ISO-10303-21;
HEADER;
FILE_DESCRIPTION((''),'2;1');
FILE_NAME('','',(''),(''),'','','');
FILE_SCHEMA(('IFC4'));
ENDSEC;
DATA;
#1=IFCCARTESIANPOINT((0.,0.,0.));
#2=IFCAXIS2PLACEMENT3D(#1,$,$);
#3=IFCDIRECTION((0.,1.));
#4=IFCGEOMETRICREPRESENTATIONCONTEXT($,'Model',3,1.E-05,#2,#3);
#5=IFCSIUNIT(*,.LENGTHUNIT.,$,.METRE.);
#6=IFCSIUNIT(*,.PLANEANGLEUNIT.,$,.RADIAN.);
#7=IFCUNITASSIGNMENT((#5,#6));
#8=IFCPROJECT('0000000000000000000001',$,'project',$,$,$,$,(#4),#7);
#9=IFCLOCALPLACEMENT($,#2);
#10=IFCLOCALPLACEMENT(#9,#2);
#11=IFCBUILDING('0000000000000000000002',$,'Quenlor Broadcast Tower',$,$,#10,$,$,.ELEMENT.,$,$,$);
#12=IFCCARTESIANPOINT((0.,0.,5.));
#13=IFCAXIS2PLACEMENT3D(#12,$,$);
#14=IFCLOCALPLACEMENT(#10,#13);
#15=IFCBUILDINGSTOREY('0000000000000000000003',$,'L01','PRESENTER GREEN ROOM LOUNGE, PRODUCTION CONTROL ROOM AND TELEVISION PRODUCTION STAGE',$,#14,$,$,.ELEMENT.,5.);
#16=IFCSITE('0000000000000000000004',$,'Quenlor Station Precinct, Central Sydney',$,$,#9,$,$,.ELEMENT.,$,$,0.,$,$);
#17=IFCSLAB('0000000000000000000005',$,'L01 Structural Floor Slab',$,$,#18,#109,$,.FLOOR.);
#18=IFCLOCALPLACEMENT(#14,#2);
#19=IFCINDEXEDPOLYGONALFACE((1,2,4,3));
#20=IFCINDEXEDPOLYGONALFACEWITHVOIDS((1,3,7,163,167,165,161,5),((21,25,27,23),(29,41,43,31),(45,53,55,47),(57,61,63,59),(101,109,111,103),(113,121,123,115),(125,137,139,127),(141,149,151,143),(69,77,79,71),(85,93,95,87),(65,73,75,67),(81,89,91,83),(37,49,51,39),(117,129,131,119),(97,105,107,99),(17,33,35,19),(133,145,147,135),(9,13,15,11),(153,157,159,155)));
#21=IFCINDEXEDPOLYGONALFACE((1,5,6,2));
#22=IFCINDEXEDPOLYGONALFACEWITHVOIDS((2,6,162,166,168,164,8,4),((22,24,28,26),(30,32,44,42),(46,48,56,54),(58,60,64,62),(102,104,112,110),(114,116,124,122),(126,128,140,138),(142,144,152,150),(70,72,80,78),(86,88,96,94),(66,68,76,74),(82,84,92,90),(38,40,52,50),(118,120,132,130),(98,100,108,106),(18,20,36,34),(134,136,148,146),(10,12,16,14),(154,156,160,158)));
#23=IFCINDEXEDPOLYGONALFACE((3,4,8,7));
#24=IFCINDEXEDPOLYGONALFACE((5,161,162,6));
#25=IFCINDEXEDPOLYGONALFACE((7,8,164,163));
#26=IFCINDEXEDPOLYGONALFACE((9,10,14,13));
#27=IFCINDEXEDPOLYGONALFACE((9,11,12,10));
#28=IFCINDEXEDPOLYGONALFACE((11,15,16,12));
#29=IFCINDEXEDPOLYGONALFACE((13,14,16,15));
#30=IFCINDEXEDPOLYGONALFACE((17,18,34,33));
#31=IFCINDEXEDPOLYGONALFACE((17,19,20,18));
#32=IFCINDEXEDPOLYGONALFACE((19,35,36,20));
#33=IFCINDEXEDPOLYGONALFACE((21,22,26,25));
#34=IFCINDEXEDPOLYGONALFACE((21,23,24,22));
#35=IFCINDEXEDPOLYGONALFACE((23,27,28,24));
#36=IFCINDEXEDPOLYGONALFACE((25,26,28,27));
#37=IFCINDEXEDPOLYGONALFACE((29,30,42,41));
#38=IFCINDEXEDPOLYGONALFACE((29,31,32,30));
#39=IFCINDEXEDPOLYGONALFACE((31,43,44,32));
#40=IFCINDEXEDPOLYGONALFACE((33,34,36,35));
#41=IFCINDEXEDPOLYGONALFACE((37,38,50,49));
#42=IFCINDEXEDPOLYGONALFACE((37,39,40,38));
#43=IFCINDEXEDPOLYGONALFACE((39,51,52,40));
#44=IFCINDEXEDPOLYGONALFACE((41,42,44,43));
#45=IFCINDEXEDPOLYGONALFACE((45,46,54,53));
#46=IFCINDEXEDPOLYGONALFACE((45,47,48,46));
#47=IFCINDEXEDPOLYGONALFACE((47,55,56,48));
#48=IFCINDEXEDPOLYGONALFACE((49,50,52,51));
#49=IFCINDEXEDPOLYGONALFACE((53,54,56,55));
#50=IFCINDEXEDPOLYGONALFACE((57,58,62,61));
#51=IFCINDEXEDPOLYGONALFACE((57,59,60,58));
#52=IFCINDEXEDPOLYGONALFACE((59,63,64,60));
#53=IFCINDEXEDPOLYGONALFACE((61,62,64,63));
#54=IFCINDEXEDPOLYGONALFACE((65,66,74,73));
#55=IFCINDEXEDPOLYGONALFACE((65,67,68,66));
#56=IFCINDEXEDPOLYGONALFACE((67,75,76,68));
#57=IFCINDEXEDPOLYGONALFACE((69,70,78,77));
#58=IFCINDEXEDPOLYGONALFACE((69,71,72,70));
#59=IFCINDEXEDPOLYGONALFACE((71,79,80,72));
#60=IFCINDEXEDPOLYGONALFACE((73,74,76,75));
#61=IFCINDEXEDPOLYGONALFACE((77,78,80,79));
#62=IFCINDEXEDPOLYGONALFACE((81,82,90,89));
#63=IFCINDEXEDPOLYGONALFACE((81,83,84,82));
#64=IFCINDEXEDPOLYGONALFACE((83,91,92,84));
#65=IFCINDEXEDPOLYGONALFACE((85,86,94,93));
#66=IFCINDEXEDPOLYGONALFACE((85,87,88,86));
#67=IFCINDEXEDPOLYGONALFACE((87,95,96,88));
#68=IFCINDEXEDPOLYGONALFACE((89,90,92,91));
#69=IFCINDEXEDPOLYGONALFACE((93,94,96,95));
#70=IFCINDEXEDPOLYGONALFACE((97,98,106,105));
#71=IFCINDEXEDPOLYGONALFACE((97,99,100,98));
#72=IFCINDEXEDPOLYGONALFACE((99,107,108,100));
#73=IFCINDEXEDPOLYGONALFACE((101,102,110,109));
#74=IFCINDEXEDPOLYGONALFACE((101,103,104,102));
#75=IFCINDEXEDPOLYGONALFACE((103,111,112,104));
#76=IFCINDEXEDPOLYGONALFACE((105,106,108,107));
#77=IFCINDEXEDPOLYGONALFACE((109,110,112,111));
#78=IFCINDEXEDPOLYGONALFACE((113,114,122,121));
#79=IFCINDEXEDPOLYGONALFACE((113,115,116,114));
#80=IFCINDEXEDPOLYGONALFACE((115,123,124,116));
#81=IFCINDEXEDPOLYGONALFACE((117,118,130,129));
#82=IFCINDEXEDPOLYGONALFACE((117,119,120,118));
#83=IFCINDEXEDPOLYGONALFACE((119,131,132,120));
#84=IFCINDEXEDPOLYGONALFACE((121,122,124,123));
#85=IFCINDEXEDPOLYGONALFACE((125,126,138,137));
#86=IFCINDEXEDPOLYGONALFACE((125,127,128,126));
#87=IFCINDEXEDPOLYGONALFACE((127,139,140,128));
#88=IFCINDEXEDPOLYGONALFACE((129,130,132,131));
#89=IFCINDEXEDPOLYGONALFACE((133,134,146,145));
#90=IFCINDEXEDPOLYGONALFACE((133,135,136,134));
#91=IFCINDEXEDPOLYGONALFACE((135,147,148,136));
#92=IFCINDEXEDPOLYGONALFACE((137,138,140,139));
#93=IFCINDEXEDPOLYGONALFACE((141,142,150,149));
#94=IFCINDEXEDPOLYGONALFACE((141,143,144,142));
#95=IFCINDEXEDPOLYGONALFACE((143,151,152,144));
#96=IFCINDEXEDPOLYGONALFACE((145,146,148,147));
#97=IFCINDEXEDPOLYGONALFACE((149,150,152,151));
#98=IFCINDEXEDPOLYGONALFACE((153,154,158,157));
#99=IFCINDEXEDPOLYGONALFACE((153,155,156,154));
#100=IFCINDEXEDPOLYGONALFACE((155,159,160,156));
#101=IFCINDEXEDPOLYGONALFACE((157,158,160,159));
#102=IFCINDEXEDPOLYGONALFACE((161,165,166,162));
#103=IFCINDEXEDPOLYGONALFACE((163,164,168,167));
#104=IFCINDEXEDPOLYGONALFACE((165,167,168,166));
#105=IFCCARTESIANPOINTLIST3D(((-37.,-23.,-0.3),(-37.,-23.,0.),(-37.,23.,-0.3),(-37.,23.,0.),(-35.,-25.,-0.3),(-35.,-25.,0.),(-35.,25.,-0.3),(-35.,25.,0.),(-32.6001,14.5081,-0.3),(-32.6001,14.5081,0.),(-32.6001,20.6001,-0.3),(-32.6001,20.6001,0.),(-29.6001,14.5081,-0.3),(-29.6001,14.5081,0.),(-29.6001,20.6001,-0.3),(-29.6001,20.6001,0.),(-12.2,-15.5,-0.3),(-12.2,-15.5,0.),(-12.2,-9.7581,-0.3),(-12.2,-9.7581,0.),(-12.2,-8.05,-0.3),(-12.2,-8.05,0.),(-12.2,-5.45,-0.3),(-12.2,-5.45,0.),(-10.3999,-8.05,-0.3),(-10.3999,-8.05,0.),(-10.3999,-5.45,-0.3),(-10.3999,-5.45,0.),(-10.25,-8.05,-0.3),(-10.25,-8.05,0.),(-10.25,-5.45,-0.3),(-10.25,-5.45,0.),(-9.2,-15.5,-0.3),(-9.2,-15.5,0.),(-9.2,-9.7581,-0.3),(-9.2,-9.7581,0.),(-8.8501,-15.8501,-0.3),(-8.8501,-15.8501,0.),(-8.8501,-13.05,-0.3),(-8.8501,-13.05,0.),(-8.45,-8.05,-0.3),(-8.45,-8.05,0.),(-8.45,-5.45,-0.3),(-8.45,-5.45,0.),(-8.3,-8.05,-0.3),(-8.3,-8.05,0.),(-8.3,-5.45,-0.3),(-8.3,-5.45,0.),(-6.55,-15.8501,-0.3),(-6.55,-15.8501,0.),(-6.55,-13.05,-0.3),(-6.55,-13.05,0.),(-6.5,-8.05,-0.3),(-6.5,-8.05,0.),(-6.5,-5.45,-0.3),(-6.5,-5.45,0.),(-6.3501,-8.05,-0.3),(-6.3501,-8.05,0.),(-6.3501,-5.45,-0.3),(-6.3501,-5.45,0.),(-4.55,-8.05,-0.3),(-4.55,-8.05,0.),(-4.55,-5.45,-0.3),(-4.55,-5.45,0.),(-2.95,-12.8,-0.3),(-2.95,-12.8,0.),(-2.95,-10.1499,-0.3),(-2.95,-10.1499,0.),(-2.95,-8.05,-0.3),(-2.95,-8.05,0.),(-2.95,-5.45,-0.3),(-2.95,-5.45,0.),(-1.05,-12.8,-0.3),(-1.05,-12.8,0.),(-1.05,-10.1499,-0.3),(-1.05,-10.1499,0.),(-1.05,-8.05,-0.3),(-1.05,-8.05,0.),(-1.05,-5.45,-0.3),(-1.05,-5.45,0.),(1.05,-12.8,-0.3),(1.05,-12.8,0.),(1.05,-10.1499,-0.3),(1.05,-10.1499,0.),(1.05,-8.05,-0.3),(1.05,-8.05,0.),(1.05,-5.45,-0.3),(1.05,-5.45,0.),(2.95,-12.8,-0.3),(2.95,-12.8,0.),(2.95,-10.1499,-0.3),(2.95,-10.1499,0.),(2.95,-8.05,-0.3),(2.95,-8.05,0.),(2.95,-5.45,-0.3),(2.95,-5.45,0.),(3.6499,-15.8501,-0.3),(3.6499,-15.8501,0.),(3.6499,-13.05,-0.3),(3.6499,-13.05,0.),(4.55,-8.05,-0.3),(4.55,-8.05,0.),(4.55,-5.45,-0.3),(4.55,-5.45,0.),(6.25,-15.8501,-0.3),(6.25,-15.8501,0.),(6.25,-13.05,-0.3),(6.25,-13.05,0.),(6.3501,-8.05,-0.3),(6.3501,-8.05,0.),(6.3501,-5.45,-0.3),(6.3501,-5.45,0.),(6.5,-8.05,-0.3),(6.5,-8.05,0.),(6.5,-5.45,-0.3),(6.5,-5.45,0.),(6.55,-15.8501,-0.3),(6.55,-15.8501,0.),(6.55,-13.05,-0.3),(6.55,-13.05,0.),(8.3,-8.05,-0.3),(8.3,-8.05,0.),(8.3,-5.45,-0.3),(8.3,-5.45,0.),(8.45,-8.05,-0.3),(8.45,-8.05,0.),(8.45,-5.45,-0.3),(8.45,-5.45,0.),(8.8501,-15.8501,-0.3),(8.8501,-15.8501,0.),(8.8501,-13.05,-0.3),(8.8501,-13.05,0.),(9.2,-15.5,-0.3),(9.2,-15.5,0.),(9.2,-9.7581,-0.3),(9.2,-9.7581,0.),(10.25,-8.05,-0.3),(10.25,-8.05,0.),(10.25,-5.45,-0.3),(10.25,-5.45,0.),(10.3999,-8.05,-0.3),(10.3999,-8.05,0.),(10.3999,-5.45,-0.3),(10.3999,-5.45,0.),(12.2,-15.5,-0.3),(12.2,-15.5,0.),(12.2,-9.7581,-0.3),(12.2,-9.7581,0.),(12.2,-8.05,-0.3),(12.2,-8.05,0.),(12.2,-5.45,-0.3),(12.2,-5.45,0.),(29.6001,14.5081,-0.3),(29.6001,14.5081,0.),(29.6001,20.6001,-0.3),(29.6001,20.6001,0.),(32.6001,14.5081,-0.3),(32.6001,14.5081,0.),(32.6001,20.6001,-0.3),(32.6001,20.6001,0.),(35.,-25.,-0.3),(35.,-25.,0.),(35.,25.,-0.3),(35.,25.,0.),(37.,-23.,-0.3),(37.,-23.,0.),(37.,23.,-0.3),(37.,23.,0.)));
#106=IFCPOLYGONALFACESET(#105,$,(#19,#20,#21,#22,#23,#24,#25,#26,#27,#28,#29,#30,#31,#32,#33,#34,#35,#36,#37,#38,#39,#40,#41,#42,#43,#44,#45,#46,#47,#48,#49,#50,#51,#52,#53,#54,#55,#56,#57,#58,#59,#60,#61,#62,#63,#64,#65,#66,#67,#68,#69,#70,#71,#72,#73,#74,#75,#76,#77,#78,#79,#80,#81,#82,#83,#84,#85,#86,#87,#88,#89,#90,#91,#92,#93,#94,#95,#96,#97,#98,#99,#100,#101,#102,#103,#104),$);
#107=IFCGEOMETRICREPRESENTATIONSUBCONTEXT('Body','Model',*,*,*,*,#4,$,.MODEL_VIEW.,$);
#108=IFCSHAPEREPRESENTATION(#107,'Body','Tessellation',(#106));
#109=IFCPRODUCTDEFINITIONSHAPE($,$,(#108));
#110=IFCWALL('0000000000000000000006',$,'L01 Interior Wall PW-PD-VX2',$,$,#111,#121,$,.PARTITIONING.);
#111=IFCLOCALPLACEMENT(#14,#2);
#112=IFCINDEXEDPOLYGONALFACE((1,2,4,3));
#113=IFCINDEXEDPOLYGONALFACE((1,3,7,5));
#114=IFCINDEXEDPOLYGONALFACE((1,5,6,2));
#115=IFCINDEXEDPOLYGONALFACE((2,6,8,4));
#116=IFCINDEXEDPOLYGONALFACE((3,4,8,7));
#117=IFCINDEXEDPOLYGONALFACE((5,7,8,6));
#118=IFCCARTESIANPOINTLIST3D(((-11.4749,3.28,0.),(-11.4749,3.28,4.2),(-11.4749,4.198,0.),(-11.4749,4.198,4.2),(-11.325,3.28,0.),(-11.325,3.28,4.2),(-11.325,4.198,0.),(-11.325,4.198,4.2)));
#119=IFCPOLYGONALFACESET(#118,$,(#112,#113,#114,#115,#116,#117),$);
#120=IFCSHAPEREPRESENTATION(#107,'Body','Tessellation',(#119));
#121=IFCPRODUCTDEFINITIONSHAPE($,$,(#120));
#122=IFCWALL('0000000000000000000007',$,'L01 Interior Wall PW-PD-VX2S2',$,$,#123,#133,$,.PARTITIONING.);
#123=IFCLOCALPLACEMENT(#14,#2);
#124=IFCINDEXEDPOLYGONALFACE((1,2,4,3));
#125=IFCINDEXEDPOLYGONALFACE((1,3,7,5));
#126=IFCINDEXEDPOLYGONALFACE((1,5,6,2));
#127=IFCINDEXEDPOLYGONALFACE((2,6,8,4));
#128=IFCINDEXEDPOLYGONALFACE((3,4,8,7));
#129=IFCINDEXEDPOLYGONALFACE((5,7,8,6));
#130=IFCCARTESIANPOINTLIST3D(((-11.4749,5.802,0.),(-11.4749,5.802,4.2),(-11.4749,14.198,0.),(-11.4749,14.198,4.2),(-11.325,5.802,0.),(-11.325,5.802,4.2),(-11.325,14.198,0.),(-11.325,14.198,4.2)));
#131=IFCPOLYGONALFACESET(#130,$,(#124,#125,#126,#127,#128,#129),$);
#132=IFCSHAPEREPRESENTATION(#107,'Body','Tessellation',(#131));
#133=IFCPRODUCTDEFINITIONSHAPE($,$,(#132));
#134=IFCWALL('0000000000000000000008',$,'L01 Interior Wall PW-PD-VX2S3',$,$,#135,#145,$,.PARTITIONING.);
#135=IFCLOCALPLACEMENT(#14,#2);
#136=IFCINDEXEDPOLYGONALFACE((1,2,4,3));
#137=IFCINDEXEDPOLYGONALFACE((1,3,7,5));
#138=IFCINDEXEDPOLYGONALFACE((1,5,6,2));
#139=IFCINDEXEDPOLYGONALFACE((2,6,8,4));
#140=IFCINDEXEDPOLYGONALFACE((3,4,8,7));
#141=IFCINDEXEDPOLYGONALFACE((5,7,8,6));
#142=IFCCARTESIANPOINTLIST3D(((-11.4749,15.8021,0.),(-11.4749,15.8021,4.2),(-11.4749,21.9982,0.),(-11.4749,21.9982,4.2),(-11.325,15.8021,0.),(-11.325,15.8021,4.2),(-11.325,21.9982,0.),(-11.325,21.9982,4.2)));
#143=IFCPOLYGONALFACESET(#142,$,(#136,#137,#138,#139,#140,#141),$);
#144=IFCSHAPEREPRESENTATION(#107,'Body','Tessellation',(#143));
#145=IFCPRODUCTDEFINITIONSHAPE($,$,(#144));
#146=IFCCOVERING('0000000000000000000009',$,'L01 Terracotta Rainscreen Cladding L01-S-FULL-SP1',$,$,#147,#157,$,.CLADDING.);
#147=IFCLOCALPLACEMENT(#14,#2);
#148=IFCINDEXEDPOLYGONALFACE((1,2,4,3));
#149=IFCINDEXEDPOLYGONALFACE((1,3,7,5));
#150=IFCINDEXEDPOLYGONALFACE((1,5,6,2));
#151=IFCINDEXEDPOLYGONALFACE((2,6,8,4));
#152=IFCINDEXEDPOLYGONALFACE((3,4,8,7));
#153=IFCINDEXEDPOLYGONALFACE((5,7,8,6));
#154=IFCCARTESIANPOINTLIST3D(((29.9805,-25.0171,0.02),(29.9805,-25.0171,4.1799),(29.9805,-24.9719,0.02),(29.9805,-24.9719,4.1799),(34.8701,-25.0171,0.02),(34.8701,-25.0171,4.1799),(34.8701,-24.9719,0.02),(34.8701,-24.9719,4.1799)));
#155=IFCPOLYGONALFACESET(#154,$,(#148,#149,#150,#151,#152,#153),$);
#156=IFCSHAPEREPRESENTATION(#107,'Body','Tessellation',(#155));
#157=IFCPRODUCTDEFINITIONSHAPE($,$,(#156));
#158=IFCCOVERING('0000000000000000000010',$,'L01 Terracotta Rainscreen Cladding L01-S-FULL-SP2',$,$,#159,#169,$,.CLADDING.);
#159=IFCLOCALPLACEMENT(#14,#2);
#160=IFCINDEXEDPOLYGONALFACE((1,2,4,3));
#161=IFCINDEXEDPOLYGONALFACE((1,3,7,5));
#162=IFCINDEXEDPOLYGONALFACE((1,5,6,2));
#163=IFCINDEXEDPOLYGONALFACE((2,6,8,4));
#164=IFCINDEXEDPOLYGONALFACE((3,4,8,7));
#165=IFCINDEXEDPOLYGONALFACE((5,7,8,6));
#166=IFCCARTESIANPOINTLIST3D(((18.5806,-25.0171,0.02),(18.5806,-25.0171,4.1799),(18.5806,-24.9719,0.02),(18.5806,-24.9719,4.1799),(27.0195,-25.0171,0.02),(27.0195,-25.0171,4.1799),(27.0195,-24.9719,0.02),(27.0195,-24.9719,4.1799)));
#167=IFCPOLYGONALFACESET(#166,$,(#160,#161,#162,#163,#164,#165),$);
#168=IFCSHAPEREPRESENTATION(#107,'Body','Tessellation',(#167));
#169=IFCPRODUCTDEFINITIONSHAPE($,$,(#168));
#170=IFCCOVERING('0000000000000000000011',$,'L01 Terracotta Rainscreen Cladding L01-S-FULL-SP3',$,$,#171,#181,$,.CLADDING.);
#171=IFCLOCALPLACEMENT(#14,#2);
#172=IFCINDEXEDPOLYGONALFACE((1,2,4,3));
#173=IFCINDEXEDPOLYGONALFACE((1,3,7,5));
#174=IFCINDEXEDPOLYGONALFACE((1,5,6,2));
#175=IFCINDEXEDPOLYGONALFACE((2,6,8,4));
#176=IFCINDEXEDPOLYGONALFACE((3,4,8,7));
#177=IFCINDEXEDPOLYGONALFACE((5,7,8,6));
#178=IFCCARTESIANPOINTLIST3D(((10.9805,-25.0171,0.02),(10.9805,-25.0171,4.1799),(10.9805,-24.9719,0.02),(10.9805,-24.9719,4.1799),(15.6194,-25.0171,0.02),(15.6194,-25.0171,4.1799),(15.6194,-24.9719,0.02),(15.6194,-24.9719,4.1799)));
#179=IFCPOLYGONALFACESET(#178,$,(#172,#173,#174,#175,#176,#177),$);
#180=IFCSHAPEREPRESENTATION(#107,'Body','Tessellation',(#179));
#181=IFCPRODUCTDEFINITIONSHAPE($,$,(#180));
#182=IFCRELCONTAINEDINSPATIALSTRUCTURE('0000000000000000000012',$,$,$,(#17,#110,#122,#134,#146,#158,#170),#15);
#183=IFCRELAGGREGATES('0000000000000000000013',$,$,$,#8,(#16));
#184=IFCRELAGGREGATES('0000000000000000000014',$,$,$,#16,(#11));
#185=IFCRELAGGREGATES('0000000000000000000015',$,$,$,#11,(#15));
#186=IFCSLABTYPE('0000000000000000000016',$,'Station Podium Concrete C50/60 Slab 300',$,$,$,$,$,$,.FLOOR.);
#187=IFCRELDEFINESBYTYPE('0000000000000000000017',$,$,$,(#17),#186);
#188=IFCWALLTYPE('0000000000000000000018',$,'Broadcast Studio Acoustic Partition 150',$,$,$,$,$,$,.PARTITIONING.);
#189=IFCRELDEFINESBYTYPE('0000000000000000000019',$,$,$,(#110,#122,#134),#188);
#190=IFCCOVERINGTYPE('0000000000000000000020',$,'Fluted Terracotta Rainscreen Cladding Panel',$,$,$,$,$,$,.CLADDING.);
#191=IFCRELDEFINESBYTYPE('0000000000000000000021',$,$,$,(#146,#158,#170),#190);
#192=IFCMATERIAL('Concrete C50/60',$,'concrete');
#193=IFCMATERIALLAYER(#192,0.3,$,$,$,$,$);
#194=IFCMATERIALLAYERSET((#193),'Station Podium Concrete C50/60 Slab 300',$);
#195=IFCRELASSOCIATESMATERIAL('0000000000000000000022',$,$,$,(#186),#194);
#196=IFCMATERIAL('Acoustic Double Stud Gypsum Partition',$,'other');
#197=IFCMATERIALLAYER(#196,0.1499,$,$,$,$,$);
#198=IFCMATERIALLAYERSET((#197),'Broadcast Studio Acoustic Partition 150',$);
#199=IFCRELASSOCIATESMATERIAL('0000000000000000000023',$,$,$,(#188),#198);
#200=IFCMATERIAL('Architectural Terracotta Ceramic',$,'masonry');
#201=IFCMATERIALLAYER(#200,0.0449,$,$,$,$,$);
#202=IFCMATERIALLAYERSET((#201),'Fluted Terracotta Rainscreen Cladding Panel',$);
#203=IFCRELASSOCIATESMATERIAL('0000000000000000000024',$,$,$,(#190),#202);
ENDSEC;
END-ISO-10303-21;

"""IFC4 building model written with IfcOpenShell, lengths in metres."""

from ifc_helpers import new_model, si_unit, direction, frame, frame_2d, origin, place, context, subcontext, project, spatial, polyline, rectangle, outline, extrude, material, layer, layer_set, type_object, element, save


model = new_model("IFC4")

# Units and contexts
model_context = context("Model", 3, precision=1e-05, world=origin(), true_north=direction((0.0, 1.0)))
body_context = subcontext(model_context, "Body", "Model", "MODEL_VIEW")
ifc_project = project(units=[si_unit("LENGTHUNIT", "METRE"), si_unit("PLANEANGLEUNIT", "RADIAN")], contexts=[model_context])

# Site, building, storey
site_placement = place(None, origin())
site = spatial("IfcSite", under=ifc_project, at=site_placement, Name="Quenlor Station Precinct, Central Sydney", CompositionType="ELEMENT", RefElevation=0.0)
building_placement = place(site_placement, origin())
building = spatial("IfcBuilding", under=site, at=building_placement, Name="Quenlor Broadcast Tower", CompositionType="ELEMENT")
storey_placement = place(building_placement, frame((0.0, 0.0, 5.0)))
storey = spatial("IfcBuildingStorey", under=building, at=storey_placement, Name="L01", Description="PRESENTER GREEN ROOM LOUNGE, PRODUCTION CONTROL ROOM AND TELEVISION PRODUCTION STAGE", CompositionType="ELEMENT", Elevation=5.0)

# Slab
ifc_material_1 = material(Name="Concrete C50/60", Category="concrete")
ifc_layer_1 = layer(ifc_material_1, 0.3)
ifc_layer_set_1 = layer_set([ifc_layer_1], Name="Station Podium Concrete C50/60 Slab 300")
slab_type = type_object("IfcSlabType", Name="Station Podium Concrete C50/60 Slab 300", PredefinedType="FLOOR", material=ifc_layer_set_1)
slab_placement = place(storey_placement, frame((0.0, 0.0, -0.3)))
element("IfcSlab", 1, at=slab_placement, inside=storey, type_object=slab_type, Name="L01 Structural Floor Slab", PredefinedType="FLOOR", context=body_context, shape_type="SweptSolid", body=[
    extrude(outline(polyline([(-35.0, -25.0), (35.0, -25.0), (37.0, -23.0), (37.0, 23.0), (35.0, 25.0), (-35.0, 25.0), (-37.0, 23.0), (-37.0, -23.0), (-35.0, -25.0)]), holes=[polyline([(-12.2, -9.7581), (-12.2, -15.5), (-9.2, -15.5), (-9.2, -9.7581), (-12.2, -9.7581)]), polyline([(9.2, -9.7581), (9.2, -15.5), (12.2, -15.5), (12.2, -9.7581), (9.2, -9.7581)]), polyline([(-29.6001, 14.5081), (-29.6001, 20.6001), (-32.6001, 20.6001), (-32.6001, 14.5081), (-29.6001, 14.5081)]), polyline([(32.6001, 14.5081), (32.6001, 20.6001), (29.6001, 20.6001), (29.6001, 14.5081), (32.6001, 14.5081)]), polyline([(-12.2, -8.05), (-10.3999, -8.05), (-10.3999, -5.45), (-12.2, -5.45), (-12.2, -8.05)]), polyline([(-10.25, -8.05), (-8.45, -8.05), (-8.45, -5.45), (-10.25, -5.45), (-10.25, -8.05)]), polyline([(-8.3, -8.05), (-6.5, -8.05), (-6.5, -5.45), (-8.3, -5.45), (-8.3, -8.05)]), polyline([(-6.3501, -8.05), (-4.55, -8.05), (-4.55, -5.45), (-6.3501, -5.45), (-6.3501, -8.05)]), polyline([(-2.95, -8.05), (-1.05, -8.05), (-1.05, -5.45), (-2.95, -5.45), (-2.95, -8.05)]), polyline([(1.05, -8.05), (2.95, -8.05), (2.95, -5.45), (1.05, -5.45), (1.05, -8.05)]), polyline([(-2.95, -12.8), (-1.05, -12.8), (-1.05, -10.1499), (-2.95, -10.1499), (-2.95, -12.8)]), polyline([(1.05, -12.8), (2.95, -12.8), (2.95, -10.1499), (1.05, -10.1499), (1.05, -12.8)]), polyline([(4.55, -8.05), (6.3501, -8.05), (6.3501, -5.45), (4.55, -5.45), (4.55, -8.05)]), polyline([(6.5, -8.05), (8.3, -8.05), (8.3, -5.45), (6.5, -5.45), (6.5, -8.05)]), polyline([(8.45, -8.05), (10.25, -8.05), (10.25, -5.45), (8.45, -5.45), (8.45, -8.05)]), polyline([(10.3999, -8.05), (12.2, -8.05), (12.2, -5.45), (10.3999, -5.45), (10.3999, -8.05)]), polyline([(-8.8501, -15.8501), (-6.55, -15.8501), (-6.55, -13.05), (-8.8501, -13.05), (-8.8501, -15.8501)]), polyline([(6.55, -15.8501), (8.8501, -15.8501), (8.8501, -13.05), (6.55, -13.05), (6.55, -15.8501)]), polyline([(3.6499, -15.8501), (6.25, -15.8501), (6.25, -13.05), (3.6499, -13.05), (3.6499, -15.8501)])]), origin(), (0.0, 0.0, 1.0), 0.3),
])

# Walls
ifc_material_2 = material(Name="Acoustic Double Stud Gypsum Partition", Category="other")
ifc_layer_2 = layer(ifc_material_2, 0.1499)
ifc_layer_set_2 = layer_set([ifc_layer_2], Name="Broadcast Studio Acoustic Partition 150")
wall_type = type_object("IfcWallType", Name="Broadcast Studio Acoustic Partition 150", PredefinedType="PARTITIONING", material=ifc_layer_set_2)
wall_1_placement = place(storey_placement, frame((-11.3999, 3.28, 0.0), z_axis=(0.0, 0.0, 1.0), x_axis=(0.0, 1.0, 0.0)))
element("IfcWall", 2, at=wall_1_placement, inside=storey, type_object=wall_type, Name="L01 Interior Wall PW-PD-VX2", PredefinedType="PARTITIONING", context=body_context, shape_type="SweptSolid", body=[
    extrude(rectangle(XDim=0.918, YDim=0.1499, at=frame_2d((0.459, 0.0))), origin(), (0.0, 0.0, 1.0), 4.2),
])
wall_2_placement = place(storey_placement, frame((-11.3999, 5.802, 0.0), z_axis=(0.0, 0.0, 1.0), x_axis=(0.0, 1.0, 0.0)))
element("IfcWall", 3, at=wall_2_placement, inside=storey, type_object=wall_type, Name="L01 Interior Wall PW-PD-VX2S2", PredefinedType="PARTITIONING", context=body_context, shape_type="SweptSolid", body=[
    extrude(rectangle(XDim=8.396, YDim=0.1499, at=frame_2d((4.198, 0.0))), origin(), (0.0, 0.0, 1.0), 4.2),
])
wall_3_placement = place(storey_placement, frame((-11.3999, 15.802, 0.0), z_axis=(0.0, 0.0, 1.0), x_axis=(0.0, 1.0, 0.0)))
element("IfcWall", 4, at=wall_3_placement, inside=storey, type_object=wall_type, Name="L01 Interior Wall PW-PD-VX2S3", PredefinedType="PARTITIONING", context=body_context, shape_type="SweptSolid", body=[
    extrude(rectangle(XDim=6.196, YDim=0.1499, at=frame_2d((3.0981, 0.0))), origin(), (0.0, 0.0, 1.0), 4.2),
])

# Coverings
ifc_material_3 = material(Name="Architectural Terracotta Ceramic", Category="masonry")
ifc_layer_3 = layer(ifc_material_3, 0.0449)
ifc_layer_set_3 = layer_set([ifc_layer_3], Name="Fluted Terracotta Rainscreen Cladding Panel")
covering_type = type_object("IfcCoveringType", Name="Fluted Terracotta Rainscreen Cladding Panel", PredefinedType="CLADDING", material=ifc_layer_set_3)
covering_1_placement = place(storey_placement, frame((0.0, 0.0, 0.02)))
element("IfcCovering", 5, at=covering_1_placement, inside=storey, type_object=covering_type, Name="L01 Terracotta Rainscreen Cladding L01-S-FULL-SP1", PredefinedType="CLADDING", context=body_context, shape_type="SweptSolid", body=[
    extrude(outline(polyline([(34.8701, -24.9719), (29.9805, -24.9719), (29.9805, -25.0171), (34.8701, -25.0171), (34.8701, -24.9719)])), origin(), (0.0, 0.0, 1.0), 4.1599),
])
covering_2_placement = place(storey_placement, frame((0.0, 0.0, 0.02)))
element("IfcCovering", 6, at=covering_2_placement, inside=storey, type_object=covering_type, Name="L01 Terracotta Rainscreen Cladding L01-S-FULL-SP2", PredefinedType="CLADDING", context=body_context, shape_type="SweptSolid", body=[
    extrude(outline(polyline([(27.0195, -24.9719), (18.5806, -24.9719), (18.5806, -25.0171), (27.0195, -25.0171), (27.0195, -24.9719)])), origin(), (0.0, 0.0, 1.0), 4.1599),
])
covering_3_placement = place(storey_placement, frame((0.0, 0.0, 0.02)))
element("IfcCovering", 7, at=covering_3_placement, inside=storey, type_object=covering_type, Name="L01 Terracotta Rainscreen Cladding L01-S-FULL-SP3", PredefinedType="CLADDING", context=body_context, shape_type="SweptSolid", body=[
    extrude(outline(polyline([(15.6194, -24.9719), (10.9805, -24.9719), (10.9805, -25.0171), (15.6194, -25.0171), (15.6194, -24.9719)])), origin(), (0.0, 0.0, 1.0), 4.1599),
])

save(model, "model.ifc")
